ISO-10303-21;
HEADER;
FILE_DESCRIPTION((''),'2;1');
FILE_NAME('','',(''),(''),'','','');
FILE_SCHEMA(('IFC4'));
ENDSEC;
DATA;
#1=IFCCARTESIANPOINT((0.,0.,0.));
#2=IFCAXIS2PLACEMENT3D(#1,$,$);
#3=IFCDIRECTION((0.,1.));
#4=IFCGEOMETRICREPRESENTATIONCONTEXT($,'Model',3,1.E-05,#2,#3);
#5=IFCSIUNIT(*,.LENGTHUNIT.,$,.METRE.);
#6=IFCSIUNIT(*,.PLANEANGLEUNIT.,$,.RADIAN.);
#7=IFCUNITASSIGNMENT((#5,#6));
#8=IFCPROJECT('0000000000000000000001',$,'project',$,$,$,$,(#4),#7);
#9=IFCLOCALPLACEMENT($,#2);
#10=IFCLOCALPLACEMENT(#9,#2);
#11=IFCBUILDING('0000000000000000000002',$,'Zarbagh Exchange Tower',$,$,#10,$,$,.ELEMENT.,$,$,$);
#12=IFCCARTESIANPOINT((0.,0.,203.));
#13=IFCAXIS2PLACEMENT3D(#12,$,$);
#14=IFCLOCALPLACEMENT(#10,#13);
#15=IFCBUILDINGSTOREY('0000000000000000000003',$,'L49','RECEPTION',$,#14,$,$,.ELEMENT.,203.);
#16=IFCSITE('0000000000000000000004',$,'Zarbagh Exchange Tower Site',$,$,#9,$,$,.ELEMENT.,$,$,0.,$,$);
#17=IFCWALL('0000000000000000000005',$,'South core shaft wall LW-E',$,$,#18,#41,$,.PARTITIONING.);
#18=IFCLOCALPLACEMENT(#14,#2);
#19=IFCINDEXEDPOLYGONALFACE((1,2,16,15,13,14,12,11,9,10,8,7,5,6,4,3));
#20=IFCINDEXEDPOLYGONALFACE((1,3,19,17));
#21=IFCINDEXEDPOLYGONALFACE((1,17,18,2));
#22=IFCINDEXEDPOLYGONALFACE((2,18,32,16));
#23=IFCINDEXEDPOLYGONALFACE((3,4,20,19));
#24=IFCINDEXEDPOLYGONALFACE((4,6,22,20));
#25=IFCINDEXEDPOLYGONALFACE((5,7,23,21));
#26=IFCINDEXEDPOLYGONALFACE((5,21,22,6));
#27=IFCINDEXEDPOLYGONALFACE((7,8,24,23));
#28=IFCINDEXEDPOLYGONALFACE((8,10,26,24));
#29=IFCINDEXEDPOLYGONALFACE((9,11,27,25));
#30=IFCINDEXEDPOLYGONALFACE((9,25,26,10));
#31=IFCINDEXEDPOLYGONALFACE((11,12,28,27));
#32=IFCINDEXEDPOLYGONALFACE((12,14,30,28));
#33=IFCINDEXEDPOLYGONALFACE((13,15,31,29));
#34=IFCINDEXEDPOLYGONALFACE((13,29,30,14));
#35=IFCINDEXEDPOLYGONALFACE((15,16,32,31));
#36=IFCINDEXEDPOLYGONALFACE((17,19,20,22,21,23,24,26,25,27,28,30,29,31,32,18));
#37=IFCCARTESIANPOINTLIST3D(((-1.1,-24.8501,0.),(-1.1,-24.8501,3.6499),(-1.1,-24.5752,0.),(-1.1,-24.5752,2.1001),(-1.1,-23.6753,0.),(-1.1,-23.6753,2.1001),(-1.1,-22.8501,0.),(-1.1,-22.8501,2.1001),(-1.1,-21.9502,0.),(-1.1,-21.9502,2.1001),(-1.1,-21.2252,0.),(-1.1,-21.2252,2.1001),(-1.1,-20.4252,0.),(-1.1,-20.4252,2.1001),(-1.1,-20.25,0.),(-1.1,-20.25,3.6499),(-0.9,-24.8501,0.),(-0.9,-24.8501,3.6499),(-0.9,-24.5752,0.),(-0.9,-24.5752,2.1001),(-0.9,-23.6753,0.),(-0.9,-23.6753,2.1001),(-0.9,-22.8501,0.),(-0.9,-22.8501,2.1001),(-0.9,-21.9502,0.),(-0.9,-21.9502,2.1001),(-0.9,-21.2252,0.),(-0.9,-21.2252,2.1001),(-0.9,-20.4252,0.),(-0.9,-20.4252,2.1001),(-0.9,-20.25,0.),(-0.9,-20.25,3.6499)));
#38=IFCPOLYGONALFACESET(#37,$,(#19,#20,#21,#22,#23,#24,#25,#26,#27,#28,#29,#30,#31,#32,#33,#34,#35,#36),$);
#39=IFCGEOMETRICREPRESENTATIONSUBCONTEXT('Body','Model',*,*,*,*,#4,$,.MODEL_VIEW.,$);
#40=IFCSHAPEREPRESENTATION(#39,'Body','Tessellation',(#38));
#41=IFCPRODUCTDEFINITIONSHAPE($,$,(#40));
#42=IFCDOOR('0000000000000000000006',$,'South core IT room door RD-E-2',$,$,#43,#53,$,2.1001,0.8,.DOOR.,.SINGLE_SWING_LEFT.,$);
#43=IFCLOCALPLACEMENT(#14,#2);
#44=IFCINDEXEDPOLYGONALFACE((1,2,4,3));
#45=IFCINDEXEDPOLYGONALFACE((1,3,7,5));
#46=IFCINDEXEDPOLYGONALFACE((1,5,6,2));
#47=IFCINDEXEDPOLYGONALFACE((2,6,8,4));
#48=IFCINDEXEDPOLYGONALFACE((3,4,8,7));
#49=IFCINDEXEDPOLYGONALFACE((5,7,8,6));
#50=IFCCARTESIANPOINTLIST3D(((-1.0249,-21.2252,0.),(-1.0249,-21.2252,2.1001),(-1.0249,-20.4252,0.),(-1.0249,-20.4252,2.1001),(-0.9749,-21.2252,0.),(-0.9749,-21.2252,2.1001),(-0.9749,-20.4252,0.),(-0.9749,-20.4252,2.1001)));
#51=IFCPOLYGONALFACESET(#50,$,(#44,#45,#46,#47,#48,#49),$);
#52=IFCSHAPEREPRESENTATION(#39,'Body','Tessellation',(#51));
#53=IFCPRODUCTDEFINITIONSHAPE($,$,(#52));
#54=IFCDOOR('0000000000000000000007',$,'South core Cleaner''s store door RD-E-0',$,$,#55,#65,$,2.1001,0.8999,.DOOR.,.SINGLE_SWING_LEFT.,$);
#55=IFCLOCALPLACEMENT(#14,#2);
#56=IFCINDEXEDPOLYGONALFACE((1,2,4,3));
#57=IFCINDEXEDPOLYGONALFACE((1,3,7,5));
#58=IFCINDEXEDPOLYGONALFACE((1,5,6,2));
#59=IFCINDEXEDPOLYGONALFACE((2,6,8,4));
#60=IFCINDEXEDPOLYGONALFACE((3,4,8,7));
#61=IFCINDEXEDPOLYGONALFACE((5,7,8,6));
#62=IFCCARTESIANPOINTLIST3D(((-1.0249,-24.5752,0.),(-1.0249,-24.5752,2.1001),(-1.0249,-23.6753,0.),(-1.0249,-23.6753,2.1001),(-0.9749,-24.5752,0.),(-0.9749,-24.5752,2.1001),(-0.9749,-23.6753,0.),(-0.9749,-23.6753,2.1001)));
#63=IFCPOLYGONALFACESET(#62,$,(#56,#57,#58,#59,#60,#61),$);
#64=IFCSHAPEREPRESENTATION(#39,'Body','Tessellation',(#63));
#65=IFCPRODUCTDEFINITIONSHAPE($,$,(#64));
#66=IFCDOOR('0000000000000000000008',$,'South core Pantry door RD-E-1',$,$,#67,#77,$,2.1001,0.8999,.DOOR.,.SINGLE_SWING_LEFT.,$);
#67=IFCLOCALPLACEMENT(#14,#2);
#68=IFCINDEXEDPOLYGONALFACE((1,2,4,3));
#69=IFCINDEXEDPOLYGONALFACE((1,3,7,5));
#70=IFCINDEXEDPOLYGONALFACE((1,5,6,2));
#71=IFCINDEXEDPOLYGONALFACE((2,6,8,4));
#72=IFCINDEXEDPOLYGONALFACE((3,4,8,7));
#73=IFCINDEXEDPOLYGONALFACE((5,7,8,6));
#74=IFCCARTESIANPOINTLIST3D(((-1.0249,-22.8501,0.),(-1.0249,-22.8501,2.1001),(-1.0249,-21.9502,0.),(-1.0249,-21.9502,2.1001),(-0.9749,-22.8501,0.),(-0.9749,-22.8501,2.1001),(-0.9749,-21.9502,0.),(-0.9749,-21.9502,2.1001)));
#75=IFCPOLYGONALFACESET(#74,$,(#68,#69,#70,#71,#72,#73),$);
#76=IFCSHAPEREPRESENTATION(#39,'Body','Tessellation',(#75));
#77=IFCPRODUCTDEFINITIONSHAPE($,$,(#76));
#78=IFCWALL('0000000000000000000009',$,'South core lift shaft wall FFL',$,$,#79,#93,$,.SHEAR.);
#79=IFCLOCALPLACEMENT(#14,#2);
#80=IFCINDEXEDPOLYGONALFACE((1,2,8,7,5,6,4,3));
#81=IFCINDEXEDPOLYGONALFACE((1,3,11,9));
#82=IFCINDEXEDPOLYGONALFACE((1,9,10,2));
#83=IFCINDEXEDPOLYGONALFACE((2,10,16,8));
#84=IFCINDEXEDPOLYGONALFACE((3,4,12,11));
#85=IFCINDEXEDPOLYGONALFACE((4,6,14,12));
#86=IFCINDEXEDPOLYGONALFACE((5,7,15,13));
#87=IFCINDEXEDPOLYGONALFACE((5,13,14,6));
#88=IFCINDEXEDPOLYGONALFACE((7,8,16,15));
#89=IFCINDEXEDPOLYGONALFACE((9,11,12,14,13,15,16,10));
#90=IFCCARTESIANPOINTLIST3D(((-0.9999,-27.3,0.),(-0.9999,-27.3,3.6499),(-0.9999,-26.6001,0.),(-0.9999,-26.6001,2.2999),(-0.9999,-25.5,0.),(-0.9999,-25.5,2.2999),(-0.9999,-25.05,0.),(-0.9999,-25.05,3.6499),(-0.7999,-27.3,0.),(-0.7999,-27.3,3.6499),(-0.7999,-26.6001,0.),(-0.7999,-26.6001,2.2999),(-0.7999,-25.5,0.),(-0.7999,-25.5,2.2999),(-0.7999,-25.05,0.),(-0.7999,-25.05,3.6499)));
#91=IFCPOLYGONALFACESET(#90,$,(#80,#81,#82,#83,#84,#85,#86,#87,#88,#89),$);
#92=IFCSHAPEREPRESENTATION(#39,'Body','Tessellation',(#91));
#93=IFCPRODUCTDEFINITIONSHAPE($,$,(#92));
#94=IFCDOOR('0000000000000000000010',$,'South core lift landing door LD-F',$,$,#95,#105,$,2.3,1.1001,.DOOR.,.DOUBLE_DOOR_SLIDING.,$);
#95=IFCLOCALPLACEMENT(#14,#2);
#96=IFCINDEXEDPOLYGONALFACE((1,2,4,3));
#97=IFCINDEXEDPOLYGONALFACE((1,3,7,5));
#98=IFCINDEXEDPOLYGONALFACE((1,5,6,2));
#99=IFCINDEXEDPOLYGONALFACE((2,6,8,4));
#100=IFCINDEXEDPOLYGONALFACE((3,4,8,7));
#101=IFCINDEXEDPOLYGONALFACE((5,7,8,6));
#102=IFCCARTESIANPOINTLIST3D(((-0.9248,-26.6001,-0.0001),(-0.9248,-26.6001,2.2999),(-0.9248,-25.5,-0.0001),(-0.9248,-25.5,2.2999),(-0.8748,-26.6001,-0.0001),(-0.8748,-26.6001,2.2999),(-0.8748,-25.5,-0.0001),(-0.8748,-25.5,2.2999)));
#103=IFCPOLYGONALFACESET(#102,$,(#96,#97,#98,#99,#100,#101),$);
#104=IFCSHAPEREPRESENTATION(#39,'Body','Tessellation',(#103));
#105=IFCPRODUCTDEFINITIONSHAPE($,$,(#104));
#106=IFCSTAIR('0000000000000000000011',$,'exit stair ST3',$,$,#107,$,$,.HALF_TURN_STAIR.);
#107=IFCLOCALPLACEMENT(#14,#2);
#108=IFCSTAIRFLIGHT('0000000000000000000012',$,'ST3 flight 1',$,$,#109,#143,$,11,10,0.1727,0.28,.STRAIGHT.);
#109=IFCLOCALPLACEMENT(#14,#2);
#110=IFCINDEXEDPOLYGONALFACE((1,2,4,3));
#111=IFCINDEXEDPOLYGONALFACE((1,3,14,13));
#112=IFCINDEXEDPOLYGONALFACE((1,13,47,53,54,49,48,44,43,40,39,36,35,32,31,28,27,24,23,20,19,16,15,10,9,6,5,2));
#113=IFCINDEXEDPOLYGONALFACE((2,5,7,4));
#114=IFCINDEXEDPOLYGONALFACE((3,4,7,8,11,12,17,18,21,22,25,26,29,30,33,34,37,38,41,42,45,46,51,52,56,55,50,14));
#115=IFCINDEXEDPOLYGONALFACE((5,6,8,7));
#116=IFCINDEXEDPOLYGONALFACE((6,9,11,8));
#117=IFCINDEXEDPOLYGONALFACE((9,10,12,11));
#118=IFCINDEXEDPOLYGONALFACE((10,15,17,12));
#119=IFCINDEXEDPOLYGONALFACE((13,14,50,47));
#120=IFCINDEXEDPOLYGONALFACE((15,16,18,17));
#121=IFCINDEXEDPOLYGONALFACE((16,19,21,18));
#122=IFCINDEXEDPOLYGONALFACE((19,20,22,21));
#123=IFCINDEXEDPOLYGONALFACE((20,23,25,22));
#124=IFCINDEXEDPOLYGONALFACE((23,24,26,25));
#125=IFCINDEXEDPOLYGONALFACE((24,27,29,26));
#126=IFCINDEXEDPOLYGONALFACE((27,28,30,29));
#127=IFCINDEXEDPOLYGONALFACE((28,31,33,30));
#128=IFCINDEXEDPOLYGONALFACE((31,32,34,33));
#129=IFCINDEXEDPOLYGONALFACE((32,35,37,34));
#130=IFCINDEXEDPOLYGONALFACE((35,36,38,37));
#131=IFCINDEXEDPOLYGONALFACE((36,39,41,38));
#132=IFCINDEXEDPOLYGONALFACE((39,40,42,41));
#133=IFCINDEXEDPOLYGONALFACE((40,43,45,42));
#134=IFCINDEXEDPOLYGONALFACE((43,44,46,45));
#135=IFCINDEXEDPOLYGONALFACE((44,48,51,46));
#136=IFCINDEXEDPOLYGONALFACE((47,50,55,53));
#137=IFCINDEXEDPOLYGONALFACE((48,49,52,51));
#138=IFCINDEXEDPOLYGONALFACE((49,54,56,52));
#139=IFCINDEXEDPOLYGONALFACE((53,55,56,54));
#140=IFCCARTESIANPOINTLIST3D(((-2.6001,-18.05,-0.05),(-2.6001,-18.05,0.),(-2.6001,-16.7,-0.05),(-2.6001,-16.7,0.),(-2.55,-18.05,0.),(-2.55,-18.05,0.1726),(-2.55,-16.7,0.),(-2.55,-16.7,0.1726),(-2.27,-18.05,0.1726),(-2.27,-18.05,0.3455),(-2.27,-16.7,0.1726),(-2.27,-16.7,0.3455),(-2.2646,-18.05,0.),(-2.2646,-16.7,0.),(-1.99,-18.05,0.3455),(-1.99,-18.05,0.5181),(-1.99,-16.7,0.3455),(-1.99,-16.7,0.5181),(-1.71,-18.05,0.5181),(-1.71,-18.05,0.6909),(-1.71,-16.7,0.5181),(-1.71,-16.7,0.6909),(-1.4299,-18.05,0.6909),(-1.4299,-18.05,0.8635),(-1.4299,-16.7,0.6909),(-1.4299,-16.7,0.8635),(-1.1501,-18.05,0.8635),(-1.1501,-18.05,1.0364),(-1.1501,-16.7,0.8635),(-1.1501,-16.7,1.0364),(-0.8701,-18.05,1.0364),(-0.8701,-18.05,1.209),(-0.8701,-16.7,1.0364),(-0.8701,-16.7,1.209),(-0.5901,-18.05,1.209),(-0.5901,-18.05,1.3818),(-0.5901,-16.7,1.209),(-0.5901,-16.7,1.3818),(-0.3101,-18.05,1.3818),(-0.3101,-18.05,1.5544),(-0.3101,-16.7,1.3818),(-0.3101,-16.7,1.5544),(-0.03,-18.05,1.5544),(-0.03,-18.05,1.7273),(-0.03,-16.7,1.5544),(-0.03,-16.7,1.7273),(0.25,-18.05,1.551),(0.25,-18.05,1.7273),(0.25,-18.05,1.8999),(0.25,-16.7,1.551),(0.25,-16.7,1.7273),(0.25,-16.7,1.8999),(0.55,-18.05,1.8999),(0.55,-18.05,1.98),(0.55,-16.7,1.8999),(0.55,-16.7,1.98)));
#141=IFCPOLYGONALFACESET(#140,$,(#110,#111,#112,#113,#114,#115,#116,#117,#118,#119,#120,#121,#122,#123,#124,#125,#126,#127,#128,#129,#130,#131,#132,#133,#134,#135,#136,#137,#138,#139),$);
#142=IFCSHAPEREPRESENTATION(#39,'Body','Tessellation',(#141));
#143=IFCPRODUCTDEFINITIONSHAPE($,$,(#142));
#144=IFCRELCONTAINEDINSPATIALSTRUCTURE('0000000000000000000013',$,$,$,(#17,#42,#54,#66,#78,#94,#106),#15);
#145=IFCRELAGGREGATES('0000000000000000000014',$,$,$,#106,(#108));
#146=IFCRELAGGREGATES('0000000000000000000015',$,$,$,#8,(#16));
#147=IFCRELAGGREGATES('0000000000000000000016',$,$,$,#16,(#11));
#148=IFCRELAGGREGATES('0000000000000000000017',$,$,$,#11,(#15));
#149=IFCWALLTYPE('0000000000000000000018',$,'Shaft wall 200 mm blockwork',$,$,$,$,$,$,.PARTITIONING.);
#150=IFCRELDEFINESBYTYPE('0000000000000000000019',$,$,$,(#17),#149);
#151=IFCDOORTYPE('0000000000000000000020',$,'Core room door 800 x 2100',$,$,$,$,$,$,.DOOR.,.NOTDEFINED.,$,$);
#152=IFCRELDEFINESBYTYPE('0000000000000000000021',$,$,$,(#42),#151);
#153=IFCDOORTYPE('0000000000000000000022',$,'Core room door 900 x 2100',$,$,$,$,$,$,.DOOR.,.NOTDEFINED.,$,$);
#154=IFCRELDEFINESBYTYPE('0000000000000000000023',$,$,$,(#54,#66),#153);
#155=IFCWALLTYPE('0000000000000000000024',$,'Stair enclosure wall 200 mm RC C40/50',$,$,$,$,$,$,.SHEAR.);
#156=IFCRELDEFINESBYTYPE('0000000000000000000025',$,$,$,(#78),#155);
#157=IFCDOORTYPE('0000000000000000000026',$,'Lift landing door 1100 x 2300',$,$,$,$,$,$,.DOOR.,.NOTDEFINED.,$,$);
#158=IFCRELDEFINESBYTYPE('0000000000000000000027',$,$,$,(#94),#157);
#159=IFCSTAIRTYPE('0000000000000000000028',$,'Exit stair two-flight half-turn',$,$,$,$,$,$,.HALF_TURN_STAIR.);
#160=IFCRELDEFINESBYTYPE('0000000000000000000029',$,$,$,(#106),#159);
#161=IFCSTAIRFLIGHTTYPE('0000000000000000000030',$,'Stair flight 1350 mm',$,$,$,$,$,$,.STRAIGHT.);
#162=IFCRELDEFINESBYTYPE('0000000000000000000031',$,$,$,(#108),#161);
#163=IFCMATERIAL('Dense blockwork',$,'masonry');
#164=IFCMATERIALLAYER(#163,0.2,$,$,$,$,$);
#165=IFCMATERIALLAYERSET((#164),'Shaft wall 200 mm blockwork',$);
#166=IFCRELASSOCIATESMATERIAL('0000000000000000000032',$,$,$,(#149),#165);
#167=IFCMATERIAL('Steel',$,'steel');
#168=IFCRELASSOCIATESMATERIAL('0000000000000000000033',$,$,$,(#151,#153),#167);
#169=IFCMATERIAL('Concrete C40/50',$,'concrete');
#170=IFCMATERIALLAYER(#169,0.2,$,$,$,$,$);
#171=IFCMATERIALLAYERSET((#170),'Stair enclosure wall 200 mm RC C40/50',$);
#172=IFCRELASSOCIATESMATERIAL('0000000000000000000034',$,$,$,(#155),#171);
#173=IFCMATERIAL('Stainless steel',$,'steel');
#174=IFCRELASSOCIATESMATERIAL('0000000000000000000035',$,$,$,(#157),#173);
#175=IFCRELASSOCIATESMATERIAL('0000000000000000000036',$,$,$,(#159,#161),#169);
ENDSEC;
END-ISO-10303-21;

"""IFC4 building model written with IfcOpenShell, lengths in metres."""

from ifc_helpers import new_model, si_unit, direction, frame, frame_2d, origin, place, context, subcontext, project, spatial, polyline, rectangle, outline, extrude, material, layer, layer_set, type_object, element, fill, aggregate, save


model = new_model("IFC4")

# Units and contexts
model_context = context("Model", 3, precision=1e-05, world=origin(), true_north=direction((0.0, 1.0)))
body_context = subcontext(model_context, "Body", "Model", "MODEL_VIEW")
ifc_project = project(units=[si_unit("LENGTHUNIT", "METRE"), si_unit("PLANEANGLEUNIT", "RADIAN")], contexts=[model_context])

# Site, building, storey
site_placement = place(None, origin())
site = spatial("IfcSite", under=ifc_project, at=site_placement, Name="Zarbagh Exchange Tower Site", CompositionType="ELEMENT", RefElevation=0.0)
building_placement = place(site_placement, origin())
building = spatial("IfcBuilding", under=site, at=building_placement, Name="Zarbagh Exchange Tower", CompositionType="ELEMENT")
storey_placement = place(building_placement, frame((0.0, 0.0, 203.0)))
storey = spatial("IfcBuildingStorey", under=building, at=storey_placement, Name="L49", Description="RECEPTION", CompositionType="ELEMENT", Elevation=203.0)

# Shared definitions
ifc_material_1 = material(Name="Concrete C40/50", Category="concrete")

# Shared definitions
ifc_material_2 = material(Name="Dense blockwork", Category="masonry")

# Shared definitions
ifc_layer_1 = layer(ifc_material_2, 0.2)
ifc_layer_set_1 = layer_set([ifc_layer_1], Name="Shaft wall 200 mm blockwork")
wall_type_1 = type_object("IfcWallType", Name="Shaft wall 200 mm blockwork", PredefinedType="PARTITIONING", material=ifc_layer_set_1)

# Wall, openings, doors
wall_1_placement = place(storey_placement, frame((-1.0, -24.8501, 0.0), z_axis=(0.0, 0.0, 1.0), x_axis=(0.0, 1.0, 0.0)))
wall_1 = element("IfcWall", 1, at=wall_1_placement, inside=storey, type_object=wall_type_1, Name="South core shaft wall LW-E", PredefinedType="PARTITIONING", context=body_context, shape_type="SweptSolid", body=[
    extrude(rectangle(XDim=4.6001, YDim=0.2, at=frame_2d((2.3, 0.0))), origin(), (0.0, 0.0, 1.0), 3.6499),
])
opening_1_placement = place(wall_1_placement, frame((0.2749, 0.0, 0.0)))
opening_1 = element("IfcOpeningElement", 2, at=opening_1_placement, cuts=wall_1, PredefinedType="OPENING", context=body_context, shape_type="SweptSolid", body=[
    extrude(rectangle(XDim=0.8999, YDim=2.1001, at=frame_2d((0.45, 1.05))), frame((0.0, 0.1099, 0.0), z_axis=(0.0, -1.0, 0.0), x_axis=(1.0, 0.0, 0.0)), (0.0, 0.0, 1.0), 0.22),
])
opening_2_placement = place(wall_1_placement, frame((2.0, 0.0, 0.0)))
opening_2 = element("IfcOpeningElement", 3, at=opening_2_placement, cuts=wall_1, PredefinedType="OPENING", context=body_context, shape_type="SweptSolid", body=[
    extrude(rectangle(XDim=0.8999, YDim=2.1001, at=frame_2d((0.45, 1.05))), frame((0.0, 0.1099, 0.0), z_axis=(0.0, -1.0, 0.0), x_axis=(1.0, 0.0, 0.0)), (0.0, 0.0, 1.0), 0.22),
])
opening_3_placement = place(wall_1_placement, frame((3.625, 0.0, 0.0)))
opening_3 = element("IfcOpeningElement", 4, at=opening_3_placement, cuts=wall_1, PredefinedType="OPENING", context=body_context, shape_type="SweptSolid", body=[
    extrude(rectangle(XDim=0.8, YDim=2.1001, at=frame_2d((0.3999, 1.05))), frame((0.0, 0.1099, 0.0), z_axis=(0.0, -1.0, 0.0), x_axis=(1.0, 0.0, 0.0)), (0.0, 0.0, 1.0), 0.22),
])
ifc_material_3 = material(Name="Steel", Category="steel")
door_type_1 = type_object("IfcDoorType", Name="Core room door 800 x 2100", OperationType="NOTDEFINED", PredefinedType="DOOR", material=ifc_material_3)
door_1_placement = place(opening_3_placement, origin())
door_1 = element("IfcDoor", 5, at=door_1_placement, inside=storey, type_object=door_type_1, Name="South core IT room door RD-E-2", OperationType="SINGLE_SWING_LEFT", OverallHeight=2.1001, OverallWidth=0.8, PredefinedType="DOOR", context=body_context, shape_type="SweptSolid", body=[
    extrude(rectangle(XDim=0.8, YDim=2.1001, at=frame_2d((0.3999, 1.05))), frame((0.0, 0.0249, 0.0), z_axis=(0.0, -1.0, 0.0), x_axis=(1.0, 0.0, 0.0)), (0.0, 0.0, 1.0), 0.05),
])
fill(opening_3, door_1)
door_type_2 = type_object("IfcDoorType", Name="Core room door 900 x 2100", OperationType="NOTDEFINED", PredefinedType="DOOR", material=ifc_material_3)
door_2_placement = place(opening_1_placement, origin())
door_2 = element("IfcDoor", 6, at=door_2_placement, inside=storey, type_object=door_type_2, Name="South core Cleaner's store door RD-E-0", OperationType="SINGLE_SWING_LEFT", OverallHeight=2.1001, OverallWidth=0.8999, PredefinedType="DOOR", context=body_context, shape_type="SweptSolid", body=[
    extrude(rectangle(XDim=0.8999, YDim=2.1001, at=frame_2d((0.45, 1.05))), frame((0.0, 0.0249, 0.0), z_axis=(0.0, -1.0, 0.0), x_axis=(1.0, 0.0, 0.0)), (0.0, 0.0, 1.0), 0.05),
])
fill(opening_1, door_2)
door_3_placement = place(opening_2_placement, origin())
door_3 = element("IfcDoor", 7, at=door_3_placement, inside=storey, type_object=door_type_2, Name="South core Pantry door RD-E-1", OperationType="SINGLE_SWING_LEFT", OverallHeight=2.1001, OverallWidth=0.8999, PredefinedType="DOOR", context=body_context, shape_type="SweptSolid", body=[
    extrude(rectangle(XDim=0.8999, YDim=2.1001, at=frame_2d((0.45, 1.05))), frame((0.0, 0.0249, 0.0), z_axis=(0.0, -1.0, 0.0), x_axis=(1.0, 0.0, 0.0)), (0.0, 0.0, 1.0), 0.05),
])
fill(opening_2, door_3)

# Wall, opening, door
ifc_layer_2 = layer(ifc_material_1, 0.2)
ifc_layer_set_2 = layer_set([ifc_layer_2], Name="Stair enclosure wall 200 mm RC C40/50")
wall_type_2 = type_object("IfcWallType", Name="Stair enclosure wall 200 mm RC C40/50", PredefinedType="SHEAR", material=ifc_layer_set_2)
wall_2_placement = place(storey_placement, frame((-0.8999, -27.3, 0.0), z_axis=(0.0, 0.0, 1.0), x_axis=(0.0, 1.0, 0.0)))
wall_2 = element("IfcWall", 8, at=wall_2_placement, inside=storey, type_object=wall_type_2, Name="South core lift shaft wall FFL", PredefinedType="SHEAR", context=body_context, shape_type="SweptSolid", body=[
    extrude(rectangle(XDim=2.25, YDim=0.2, at=frame_2d((1.125, 0.0))), origin(), (0.0, 0.0, 1.0), 3.6499),
])
opening_4_placement = place(wall_2_placement, frame((0.7, 0.0, 0.0)))
opening_4 = element("IfcOpeningElement", 9, at=opening_4_placement, cuts=wall_2, PredefinedType="OPENING", context=body_context, shape_type="SweptSolid", body=[
    extrude(rectangle(XDim=1.1001, YDim=2.3, at=frame_2d((0.55, 1.1499))), frame((0.0, 0.1099, 0.0), z_axis=(0.0, -1.0, 0.0), x_axis=(1.0, 0.0, 0.0)), (0.0, 0.0, 1.0), 0.22),
])
ifc_material_4 = material(Name="Stainless steel", Category="steel")
door_type_3 = type_object("IfcDoorType", Name="Lift landing door 1100 x 2300", OperationType="NOTDEFINED", PredefinedType="DOOR", material=ifc_material_4)
door_4_placement = place(opening_4_placement, origin())
door_4 = element("IfcDoor", 10, at=door_4_placement, inside=storey, type_object=door_type_3, Name="South core lift landing door LD-F", OperationType="DOUBLE_DOOR_SLIDING", OverallHeight=2.3, OverallWidth=1.1001, PredefinedType="DOOR", context=body_context, shape_type="SweptSolid", body=[
    extrude(rectangle(XDim=1.1001, YDim=2.3, at=frame_2d((0.55, 1.1499))), frame((0.0, 0.0249, 0.0), z_axis=(0.0, -1.0, 0.0), x_axis=(1.0, 0.0, 0.0)), (0.0, 0.0, 1.0), 0.05),
])
fill(opening_4, door_4)

# Stair, stair flight
stair_type = type_object("IfcStairType", Name="Exit stair two-flight half-turn", PredefinedType="HALF_TURN_STAIR", material=ifc_material_1)
stair_1_placement = place(storey_placement, origin())
stair_1 = element("IfcStair", 11, at=stair_1_placement, inside=storey, type_object=stair_type, Name="exit stair ST3", PredefinedType="HALF_TURN_STAIR")
stair_flight_type_1 = type_object("IfcStairFlightType", Name="Stair flight 1350 mm", PredefinedType="STRAIGHT", material=ifc_material_1)
stair_flight_1_placement = place(storey_placement, frame((-2.55, -17.375, 0.0), z_axis=(0.0, 0.0, 1.0), x_axis=(1.0, 0.0, 0.0)))
stair_flight_1 = element("IfcStairFlight", 12, at=stair_flight_1_placement, type_object=stair_flight_type_1, Name="ST3 flight 1", NumberOfRisers=11, NumberOfTreads=10, PredefinedType="STRAIGHT", RiserHeight=0.1727, TreadLength=0.28, context=body_context, shape_type="SweptSolid", body=[
    extrude(outline(polyline([(-0.05, -0.05), (-0.05, 0.0), (0.0, 0.0), (0.0, 0.1726), (0.28, 0.1726), (0.28, 0.3455), (0.5601, 0.3455), (0.5601, 0.5181), (0.8401, 0.5181), (0.8401, 0.6909), (1.1201, 0.6909), (1.1201, 0.8635), (1.3999, 0.8635), (1.3999, 1.0364), (1.6799, 1.0364), (1.6799, 1.209), (1.96, 1.209), (1.96, 1.3818), (2.24, 1.3818), (2.24, 1.5544), (2.52, 1.5544), (2.52, 1.7273), (2.8, 1.7273), (2.8, 1.8999), (3.1001, 1.98), (3.1001, 1.8999), (2.8, 1.551), (0.2854, 0.0), (-0.05, -0.05)])), frame((0.0, 0.675, 0.0), z_axis=(0.0, -1.0, 0.0), x_axis=(1.0, 0.0, 0.0)), (0.0, 0.0, 1.0), 1.3501),
])
aggregate(stair_1, [stair_flight_1])

save(model, "model.ifc")
